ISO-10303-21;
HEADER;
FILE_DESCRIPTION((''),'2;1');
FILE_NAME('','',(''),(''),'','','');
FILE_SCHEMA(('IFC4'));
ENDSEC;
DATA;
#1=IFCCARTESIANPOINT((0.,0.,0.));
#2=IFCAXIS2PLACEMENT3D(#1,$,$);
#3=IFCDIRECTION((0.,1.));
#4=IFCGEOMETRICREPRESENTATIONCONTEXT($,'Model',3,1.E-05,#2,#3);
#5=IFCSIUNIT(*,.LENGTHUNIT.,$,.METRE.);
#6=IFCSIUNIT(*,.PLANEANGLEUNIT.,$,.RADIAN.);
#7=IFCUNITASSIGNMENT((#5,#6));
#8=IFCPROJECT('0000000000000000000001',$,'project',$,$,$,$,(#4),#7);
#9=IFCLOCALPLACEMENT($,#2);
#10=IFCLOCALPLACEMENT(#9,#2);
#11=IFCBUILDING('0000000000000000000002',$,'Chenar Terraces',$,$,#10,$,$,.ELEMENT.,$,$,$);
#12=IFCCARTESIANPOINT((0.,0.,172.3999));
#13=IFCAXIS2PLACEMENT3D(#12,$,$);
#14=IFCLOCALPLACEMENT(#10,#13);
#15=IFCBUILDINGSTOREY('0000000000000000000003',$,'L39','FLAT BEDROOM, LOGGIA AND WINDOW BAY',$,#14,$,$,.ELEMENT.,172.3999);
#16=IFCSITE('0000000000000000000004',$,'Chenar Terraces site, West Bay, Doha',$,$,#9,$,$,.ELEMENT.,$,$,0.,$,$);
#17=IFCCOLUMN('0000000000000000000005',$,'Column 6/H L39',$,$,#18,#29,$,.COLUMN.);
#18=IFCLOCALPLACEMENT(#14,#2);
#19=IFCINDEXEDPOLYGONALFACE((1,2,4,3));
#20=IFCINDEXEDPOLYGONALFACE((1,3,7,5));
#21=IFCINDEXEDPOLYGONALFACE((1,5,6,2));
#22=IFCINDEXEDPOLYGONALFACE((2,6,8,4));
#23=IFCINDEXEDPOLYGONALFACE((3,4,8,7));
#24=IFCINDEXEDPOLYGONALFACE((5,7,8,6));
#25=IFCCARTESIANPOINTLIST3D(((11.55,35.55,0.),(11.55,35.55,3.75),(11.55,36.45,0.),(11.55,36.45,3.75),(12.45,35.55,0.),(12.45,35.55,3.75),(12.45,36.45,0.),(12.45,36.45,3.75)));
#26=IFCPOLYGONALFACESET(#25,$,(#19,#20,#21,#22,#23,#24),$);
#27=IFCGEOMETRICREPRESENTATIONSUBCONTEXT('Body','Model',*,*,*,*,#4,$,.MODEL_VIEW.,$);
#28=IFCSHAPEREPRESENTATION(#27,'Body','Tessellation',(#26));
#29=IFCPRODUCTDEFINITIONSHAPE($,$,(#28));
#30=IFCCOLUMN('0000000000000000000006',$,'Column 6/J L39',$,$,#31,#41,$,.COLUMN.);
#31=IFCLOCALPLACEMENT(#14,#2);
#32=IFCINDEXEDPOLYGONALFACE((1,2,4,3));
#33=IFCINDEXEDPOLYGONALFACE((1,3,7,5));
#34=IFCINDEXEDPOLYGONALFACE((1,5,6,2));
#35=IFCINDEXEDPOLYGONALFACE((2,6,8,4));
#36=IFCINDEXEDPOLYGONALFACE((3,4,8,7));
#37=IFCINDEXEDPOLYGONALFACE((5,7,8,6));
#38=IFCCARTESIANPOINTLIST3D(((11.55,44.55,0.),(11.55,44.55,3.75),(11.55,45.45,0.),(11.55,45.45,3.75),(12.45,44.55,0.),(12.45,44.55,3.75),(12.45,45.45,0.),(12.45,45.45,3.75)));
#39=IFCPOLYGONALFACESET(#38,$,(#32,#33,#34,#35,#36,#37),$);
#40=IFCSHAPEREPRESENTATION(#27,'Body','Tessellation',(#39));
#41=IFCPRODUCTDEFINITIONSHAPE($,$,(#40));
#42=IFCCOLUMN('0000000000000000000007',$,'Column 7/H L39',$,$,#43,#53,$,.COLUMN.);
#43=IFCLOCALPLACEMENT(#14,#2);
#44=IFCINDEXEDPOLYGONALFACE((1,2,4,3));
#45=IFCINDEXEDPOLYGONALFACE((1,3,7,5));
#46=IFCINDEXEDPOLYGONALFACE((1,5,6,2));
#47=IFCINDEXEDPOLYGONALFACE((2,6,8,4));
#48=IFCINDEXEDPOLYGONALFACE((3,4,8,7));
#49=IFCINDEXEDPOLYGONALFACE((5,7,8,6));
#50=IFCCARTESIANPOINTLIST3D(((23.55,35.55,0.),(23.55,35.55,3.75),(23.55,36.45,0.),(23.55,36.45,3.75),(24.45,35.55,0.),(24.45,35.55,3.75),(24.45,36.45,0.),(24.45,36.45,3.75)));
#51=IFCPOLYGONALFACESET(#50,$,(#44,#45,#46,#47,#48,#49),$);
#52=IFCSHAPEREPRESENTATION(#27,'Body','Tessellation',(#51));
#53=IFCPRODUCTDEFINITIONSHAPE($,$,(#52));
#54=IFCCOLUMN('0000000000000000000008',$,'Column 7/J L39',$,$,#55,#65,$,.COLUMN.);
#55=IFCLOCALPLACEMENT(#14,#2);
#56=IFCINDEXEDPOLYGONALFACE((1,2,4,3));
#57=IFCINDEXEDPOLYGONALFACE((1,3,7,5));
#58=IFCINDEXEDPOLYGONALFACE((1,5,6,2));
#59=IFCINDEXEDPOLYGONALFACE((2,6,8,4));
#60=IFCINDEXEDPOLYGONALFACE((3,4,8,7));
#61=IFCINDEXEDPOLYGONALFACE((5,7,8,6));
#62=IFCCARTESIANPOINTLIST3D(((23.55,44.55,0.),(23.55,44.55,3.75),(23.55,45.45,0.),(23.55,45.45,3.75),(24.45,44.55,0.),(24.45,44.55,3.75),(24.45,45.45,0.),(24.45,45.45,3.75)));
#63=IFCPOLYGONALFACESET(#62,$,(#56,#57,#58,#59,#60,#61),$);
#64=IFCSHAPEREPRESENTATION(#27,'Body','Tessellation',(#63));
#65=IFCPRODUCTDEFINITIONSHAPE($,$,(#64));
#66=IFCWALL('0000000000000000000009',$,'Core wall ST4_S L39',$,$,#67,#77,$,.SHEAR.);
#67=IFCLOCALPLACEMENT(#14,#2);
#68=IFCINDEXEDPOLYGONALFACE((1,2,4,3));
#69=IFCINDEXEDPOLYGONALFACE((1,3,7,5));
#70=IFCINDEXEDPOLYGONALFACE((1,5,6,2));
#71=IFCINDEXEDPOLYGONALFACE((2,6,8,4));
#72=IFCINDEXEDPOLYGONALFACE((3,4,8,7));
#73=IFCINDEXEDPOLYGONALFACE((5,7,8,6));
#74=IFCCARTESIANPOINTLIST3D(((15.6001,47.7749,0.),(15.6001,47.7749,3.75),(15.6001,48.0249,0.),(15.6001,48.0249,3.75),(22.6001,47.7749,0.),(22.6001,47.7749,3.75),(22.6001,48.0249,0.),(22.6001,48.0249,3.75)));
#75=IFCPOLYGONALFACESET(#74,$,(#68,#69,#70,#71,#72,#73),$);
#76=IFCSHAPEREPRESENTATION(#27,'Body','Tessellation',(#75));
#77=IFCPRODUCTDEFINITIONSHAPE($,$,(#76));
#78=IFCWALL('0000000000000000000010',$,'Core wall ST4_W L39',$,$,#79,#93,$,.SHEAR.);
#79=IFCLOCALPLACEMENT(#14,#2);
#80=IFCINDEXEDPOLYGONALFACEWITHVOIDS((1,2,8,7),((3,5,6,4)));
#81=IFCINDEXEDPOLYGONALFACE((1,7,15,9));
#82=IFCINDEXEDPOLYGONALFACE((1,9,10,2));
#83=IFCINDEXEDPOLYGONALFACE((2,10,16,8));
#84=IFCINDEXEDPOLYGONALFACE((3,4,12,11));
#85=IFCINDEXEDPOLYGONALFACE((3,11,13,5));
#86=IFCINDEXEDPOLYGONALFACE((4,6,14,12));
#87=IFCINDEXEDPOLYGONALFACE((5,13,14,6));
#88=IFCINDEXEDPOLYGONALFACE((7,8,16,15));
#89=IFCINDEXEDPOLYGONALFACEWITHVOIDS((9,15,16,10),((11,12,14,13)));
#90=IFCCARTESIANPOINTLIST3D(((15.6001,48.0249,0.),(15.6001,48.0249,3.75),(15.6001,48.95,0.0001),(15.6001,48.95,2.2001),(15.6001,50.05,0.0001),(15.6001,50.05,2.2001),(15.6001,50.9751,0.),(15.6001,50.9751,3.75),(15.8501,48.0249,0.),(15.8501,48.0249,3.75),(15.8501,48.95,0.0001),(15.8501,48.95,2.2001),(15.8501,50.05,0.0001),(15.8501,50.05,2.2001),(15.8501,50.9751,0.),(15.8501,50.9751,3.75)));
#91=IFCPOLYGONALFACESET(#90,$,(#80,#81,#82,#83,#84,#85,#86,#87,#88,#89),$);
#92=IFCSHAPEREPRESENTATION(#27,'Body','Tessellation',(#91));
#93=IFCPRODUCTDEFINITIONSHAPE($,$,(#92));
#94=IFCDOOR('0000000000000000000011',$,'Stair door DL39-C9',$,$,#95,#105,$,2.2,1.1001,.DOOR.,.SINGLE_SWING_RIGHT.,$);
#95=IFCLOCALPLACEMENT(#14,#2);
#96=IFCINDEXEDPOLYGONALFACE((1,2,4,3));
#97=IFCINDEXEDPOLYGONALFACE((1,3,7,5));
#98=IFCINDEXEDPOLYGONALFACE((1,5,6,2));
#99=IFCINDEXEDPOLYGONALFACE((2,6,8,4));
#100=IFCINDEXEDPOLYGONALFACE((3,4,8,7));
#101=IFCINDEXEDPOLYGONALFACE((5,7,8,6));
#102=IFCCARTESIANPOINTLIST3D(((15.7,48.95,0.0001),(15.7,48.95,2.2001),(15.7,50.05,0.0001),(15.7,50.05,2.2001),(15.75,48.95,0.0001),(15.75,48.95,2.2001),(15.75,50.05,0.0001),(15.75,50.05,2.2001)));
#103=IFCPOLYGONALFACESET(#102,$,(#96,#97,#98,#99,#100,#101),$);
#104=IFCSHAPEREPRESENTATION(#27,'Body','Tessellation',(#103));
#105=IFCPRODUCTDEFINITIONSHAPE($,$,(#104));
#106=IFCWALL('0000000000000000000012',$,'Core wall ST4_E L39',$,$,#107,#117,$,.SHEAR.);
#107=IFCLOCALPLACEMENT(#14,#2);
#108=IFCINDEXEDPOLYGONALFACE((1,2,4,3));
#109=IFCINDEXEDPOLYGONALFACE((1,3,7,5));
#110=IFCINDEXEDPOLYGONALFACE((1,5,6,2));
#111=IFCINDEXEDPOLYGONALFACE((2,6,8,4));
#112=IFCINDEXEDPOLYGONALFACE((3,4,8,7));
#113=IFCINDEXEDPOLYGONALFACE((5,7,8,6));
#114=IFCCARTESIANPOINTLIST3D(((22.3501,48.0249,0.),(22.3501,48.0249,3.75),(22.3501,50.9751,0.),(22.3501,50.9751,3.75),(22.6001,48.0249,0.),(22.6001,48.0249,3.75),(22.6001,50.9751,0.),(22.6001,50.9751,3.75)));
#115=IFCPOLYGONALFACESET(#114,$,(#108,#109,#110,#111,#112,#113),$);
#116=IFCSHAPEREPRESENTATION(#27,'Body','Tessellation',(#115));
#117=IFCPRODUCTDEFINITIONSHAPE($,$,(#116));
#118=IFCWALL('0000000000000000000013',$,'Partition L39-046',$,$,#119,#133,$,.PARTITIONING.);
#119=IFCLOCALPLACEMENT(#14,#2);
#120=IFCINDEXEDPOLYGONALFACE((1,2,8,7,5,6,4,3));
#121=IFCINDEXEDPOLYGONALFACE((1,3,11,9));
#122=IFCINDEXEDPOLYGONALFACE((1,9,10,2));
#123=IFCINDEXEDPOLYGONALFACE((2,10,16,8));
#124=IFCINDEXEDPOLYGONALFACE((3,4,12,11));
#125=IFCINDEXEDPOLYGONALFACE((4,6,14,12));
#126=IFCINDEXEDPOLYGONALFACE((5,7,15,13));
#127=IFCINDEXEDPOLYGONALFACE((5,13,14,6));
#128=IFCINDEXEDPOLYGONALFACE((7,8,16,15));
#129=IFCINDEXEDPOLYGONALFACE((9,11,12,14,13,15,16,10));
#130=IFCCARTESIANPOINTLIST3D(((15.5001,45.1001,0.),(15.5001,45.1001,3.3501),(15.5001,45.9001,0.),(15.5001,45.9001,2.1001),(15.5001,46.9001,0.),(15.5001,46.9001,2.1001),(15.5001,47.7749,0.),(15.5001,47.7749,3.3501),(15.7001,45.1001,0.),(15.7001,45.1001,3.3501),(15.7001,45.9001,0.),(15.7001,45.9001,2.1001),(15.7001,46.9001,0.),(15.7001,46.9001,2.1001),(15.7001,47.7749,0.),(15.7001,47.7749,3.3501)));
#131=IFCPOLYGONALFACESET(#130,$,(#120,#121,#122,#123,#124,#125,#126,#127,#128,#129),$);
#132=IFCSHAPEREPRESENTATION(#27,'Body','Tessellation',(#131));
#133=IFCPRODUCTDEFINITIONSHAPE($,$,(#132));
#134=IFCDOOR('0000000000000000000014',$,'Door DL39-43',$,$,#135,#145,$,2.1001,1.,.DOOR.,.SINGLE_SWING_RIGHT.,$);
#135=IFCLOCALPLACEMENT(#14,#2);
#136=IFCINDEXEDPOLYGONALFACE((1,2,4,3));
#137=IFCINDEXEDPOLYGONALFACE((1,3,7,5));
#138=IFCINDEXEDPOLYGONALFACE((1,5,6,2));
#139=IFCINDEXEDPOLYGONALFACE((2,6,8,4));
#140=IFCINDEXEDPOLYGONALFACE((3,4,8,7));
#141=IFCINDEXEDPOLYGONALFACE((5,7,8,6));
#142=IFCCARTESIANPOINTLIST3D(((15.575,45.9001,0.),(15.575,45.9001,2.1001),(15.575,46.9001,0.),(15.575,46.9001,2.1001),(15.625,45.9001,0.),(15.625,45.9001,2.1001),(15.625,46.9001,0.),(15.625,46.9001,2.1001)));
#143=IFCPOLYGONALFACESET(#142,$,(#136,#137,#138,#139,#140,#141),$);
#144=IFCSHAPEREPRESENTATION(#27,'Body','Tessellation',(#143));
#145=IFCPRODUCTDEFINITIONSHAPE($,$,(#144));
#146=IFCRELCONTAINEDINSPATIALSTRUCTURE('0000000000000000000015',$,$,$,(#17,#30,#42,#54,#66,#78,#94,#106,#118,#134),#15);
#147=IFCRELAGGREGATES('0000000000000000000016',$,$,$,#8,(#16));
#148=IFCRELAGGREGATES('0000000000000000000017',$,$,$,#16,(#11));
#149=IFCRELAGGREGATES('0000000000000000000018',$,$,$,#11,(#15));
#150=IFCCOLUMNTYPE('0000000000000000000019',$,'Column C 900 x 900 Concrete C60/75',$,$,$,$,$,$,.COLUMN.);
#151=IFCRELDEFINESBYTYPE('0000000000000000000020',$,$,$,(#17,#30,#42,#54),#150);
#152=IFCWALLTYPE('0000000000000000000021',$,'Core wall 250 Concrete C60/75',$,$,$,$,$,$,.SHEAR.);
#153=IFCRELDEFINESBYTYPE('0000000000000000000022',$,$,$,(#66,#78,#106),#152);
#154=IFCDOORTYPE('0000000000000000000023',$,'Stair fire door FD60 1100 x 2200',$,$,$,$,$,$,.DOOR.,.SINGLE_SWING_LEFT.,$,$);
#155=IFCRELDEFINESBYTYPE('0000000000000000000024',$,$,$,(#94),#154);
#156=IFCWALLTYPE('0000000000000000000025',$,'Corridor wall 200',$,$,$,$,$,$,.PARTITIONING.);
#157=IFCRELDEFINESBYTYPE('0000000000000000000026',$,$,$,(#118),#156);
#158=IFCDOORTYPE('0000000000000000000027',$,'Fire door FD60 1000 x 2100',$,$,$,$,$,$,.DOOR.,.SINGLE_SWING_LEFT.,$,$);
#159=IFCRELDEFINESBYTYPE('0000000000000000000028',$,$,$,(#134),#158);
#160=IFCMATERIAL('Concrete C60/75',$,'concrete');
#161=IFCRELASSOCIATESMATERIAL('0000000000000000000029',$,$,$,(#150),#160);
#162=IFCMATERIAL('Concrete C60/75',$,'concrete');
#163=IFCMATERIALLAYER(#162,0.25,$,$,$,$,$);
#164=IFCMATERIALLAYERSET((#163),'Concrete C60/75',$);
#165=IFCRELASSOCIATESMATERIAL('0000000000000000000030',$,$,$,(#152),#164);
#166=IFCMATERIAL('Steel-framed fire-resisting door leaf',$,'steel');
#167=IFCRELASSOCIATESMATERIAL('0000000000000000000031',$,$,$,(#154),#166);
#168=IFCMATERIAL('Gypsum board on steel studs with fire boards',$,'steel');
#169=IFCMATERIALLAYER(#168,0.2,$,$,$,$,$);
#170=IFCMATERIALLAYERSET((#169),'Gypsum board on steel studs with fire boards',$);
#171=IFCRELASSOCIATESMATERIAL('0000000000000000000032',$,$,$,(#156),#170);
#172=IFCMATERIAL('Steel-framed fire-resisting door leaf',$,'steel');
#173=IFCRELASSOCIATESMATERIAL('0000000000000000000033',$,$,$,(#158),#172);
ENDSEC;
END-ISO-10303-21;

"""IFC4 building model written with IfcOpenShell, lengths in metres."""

from ifc_helpers import new_model, si_unit, direction, frame, frame_2d, origin, origin_2d, place, context, subcontext, project, spatial, rectangle, extrude, material, layer, layer_set, material_profile, profile_set, type_object, element, fill, save


model = new_model("IFC4")

# Units and contexts
model_context = context("Model", 3, precision=1e-05, world=origin(), true_north=direction((0.0, 1.0)))
body_context = subcontext(model_context, "Body", "Model", "MODEL_VIEW")
ifc_project = project(units=[si_unit("LENGTHUNIT", "METRE"), si_unit("PLANEANGLEUNIT", "RADIAN")], contexts=[model_context])

# Site, building, storey
site_placement = place(None, origin())
site = spatial("IfcSite", under=ifc_project, at=site_placement, Name="Chenar Terraces site, West Bay, Doha", CompositionType="ELEMENT", RefElevation=0.0)
building_placement = place(site_placement, origin())
building = spatial("IfcBuilding", under=site, at=building_placement, Name="Chenar Terraces", CompositionType="ELEMENT")
storey_placement = place(building_placement, frame((0.0, 0.0, 172.3999)))
storey = spatial("IfcBuildingStorey", under=building, at=storey_placement, Name="L39", Description="FLAT BEDROOM, LOGGIA AND WINDOW BAY", CompositionType="ELEMENT", Elevation=172.3999)

# Columns
ifc_material_1 = material(Name="Concrete C60/75", Category="concrete")
ifc_material_profile = material_profile(ifc_material_1, rectangle(XDim=0.8999, YDim=0.8999, at=origin_2d()), Name="C 900 x 900")
ifc_profile_set = profile_set([ifc_material_profile], Name="Concrete C60/75")
column_type = type_object("IfcColumnType", Name="Column C 900 x 900 Concrete C60/75", PredefinedType="COLUMN", material=ifc_profile_set)
for number, where, z_axis, x_axis, name in (
    (1, (12.0, 36.0, 0.0), (0.0, 0.0, 1.0), (1.0, 0.0, 0.0), "Column 6/H L39"),
    (2, (12.0, 45.0, 0.0), (0.0, 0.0, 1.0), (1.0, 0.0, 0.0), "Column 6/J L39"),
    (3, (24.0, 36.0, 0.0), (0.0, 0.0, 1.0), (1.0, 0.0, 0.0), "Column 7/H L39"),
    (4, (24.0, 45.0, 0.0), (0.0, 0.0, 1.0), (1.0, 0.0, 0.0), "Column 7/J L39"),
):
    element("IfcColumn", number, at=place(storey_placement, frame(where, z_axis=z_axis, x_axis=x_axis)), inside=storey, type_object=column_type, Name=name, PredefinedType="COLUMN", context=body_context, shape_type="SweptSolid", body=[
        extrude(rectangle(XDim=0.8999, YDim=0.8999, at=origin_2d()), origin(), (0.0, 0.0, 1.0), 3.75),
    ])

# Wall
ifc_material_2 = material(Name="Concrete C60/75", Category="concrete")
ifc_layer_1 = layer(ifc_material_2, 0.25)
ifc_layer_set_1 = layer_set([ifc_layer_1], Name="Concrete C60/75")
wall_type_1 = type_object("IfcWallType", Name="Core wall 250 Concrete C60/75", PredefinedType="SHEAR", material=ifc_layer_set_1)
wall_1_placement = place(storey_placement, frame((15.6001, 47.8999, 0.0), z_axis=(0.0, 0.0, 1.0), x_axis=(1.0, 0.0, 0.0)))
element("IfcWall", 5, at=wall_1_placement, inside=storey, type_object=wall_type_1, Name="Core wall ST4_S L39", PredefinedType="SHEAR", context=body_context, shape_type="SweptSolid", body=[
    extrude(rectangle(XDim=7.0, YDim=0.25, at=frame_2d((3.5, 0.0))), origin(), (0.0, 0.0, 1.0), 3.75),
])

# Wall, opening, door
wall_2_placement = place(storey_placement, frame((15.7251, 48.0249, 0.0), z_axis=(0.0, 0.0, 1.0), x_axis=(0.0, 1.0, 0.0)))
wall_2 = element("IfcWall", 6, at=wall_2_placement, inside=storey, type_object=wall_type_1, Name="Core wall ST4_W L39", PredefinedType="SHEAR", context=body_context, shape_type="SweptSolid", body=[
    extrude(rectangle(XDim=2.9502, YDim=0.25, at=frame_2d((1.4751, 0.0))), origin(), (0.0, 0.0, 1.0), 3.75),
])
opening_1_placement = place(wall_2_placement, frame((0.925, 0.0, 0.0)))
opening_1 = element("IfcOpeningElement", 7, at=opening_1_placement, cuts=wall_2, PredefinedType="OPENING", context=body_context, shape_type="SweptSolid", body=[
    extrude(rectangle(XDim=1.1001, YDim=2.2, at=frame_2d((0.55, 1.1001))), frame((0.0, 0.135, 0.0), z_axis=(0.0, -1.0, 0.0), x_axis=(1.0, 0.0, 0.0)), (0.0, 0.0, 1.0), 0.27),
])
ifc_material_3 = material(Name="Steel-framed fire-resisting door leaf", Category="steel")
door_type_1 = type_object("IfcDoorType", Name="Stair fire door FD60 1100 x 2200", OperationType="SINGLE_SWING_LEFT", PredefinedType="DOOR", material=ifc_material_3)
door_1_placement = place(opening_1_placement, frame((1.1001, 0.0, 0.0), z_axis=(0.0, 0.0, 1.0), x_axis=(-1.0, 0.0, 0.0)))
door_1 = element("IfcDoor", 8, at=door_1_placement, inside=storey, type_object=door_type_1, Name="Stair door DL39-C9", OperationType="SINGLE_SWING_RIGHT", OverallHeight=2.2, OverallWidth=1.1001, PredefinedType="DOOR", context=body_context, shape_type="SweptSolid", body=[
    extrude(rectangle(XDim=1.1001, YDim=2.2, at=frame_2d((0.55, 1.1001))), frame((0.0, 0.0249, 0.0), z_axis=(0.0, -1.0, 0.0), x_axis=(1.0, 0.0, 0.0)), (0.0, 0.0, 1.0), 0.05),
])
fill(opening_1, door_1)

# Wall
wall_3_placement = place(storey_placement, frame((22.4751, 48.0249, 0.0), z_axis=(0.0, 0.0, 1.0), x_axis=(0.0, 1.0, 0.0)))
element("IfcWall", 9, at=wall_3_placement, inside=storey, type_object=wall_type_1, Name="Core wall ST4_E L39", PredefinedType="SHEAR", context=body_context, shape_type="SweptSolid", body=[
    extrude(rectangle(XDim=2.9502, YDim=0.25, at=frame_2d((1.4751, 0.0))), origin(), (0.0, 0.0, 1.0), 3.75),
])

# Wall, opening, door
ifc_material_4 = material(Name="Gypsum board on steel studs with fire boards", Category="steel")
ifc_layer_2 = layer(ifc_material_4, 0.2)
ifc_layer_set_2 = layer_set([ifc_layer_2], Name="Gypsum board on steel studs with fire boards")
wall_type_2 = type_object("IfcWallType", Name="Corridor wall 200", PredefinedType="PARTITIONING", material=ifc_layer_set_2)
wall_4_placement = place(storey_placement, frame((15.6001, 45.1001, 0.0), z_axis=(0.0, 0.0, 1.0), x_axis=(0.0, 1.0, 0.0)))
wall_4 = element("IfcWall", 10, at=wall_4_placement, inside=storey, type_object=wall_type_2, Name="Partition L39-046", PredefinedType="PARTITIONING", context=body_context, shape_type="SweptSolid", body=[
    extrude(rectangle(XDim=2.6748, YDim=0.2, at=frame_2d((1.3374, 0.0))), origin(), (0.0, 0.0, 1.0), 3.3501),
])
opening_2_placement = place(wall_4_placement, frame((0.8, 0.0, 0.0)))
opening_2 = element("IfcOpeningElement", 11, at=opening_2_placement, cuts=wall_4, PredefinedType="OPENING", context=body_context, shape_type="SweptSolid", body=[
    extrude(rectangle(XDim=1.0, YDim=2.1001, at=frame_2d((0.5, 1.05))), frame((0.0, 0.1099, 0.0), z_axis=(0.0, -1.0, 0.0), x_axis=(1.0, 0.0, 0.0)), (0.0, 0.0, 1.0), 0.22),
])
ifc_material_5 = material(Name="Steel-framed fire-resisting door leaf", Category="steel")
door_type_2 = type_object("IfcDoorType", Name="Fire door FD60 1000 x 2100", OperationType="SINGLE_SWING_LEFT", PredefinedType="DOOR", material=ifc_material_5)
door_2_placement = place(opening_2_placement, frame((1.0, 0.0, 0.0), z_axis=(0.0, 0.0, 1.0), x_axis=(-1.0, 0.0, 0.0)))
door_2 = element("IfcDoor", 12, at=door_2_placement, inside=storey, type_object=door_type_2, Name="Door DL39-43", OperationType="SINGLE_SWING_RIGHT", OverallHeight=2.1001, OverallWidth=1.0, PredefinedType="DOOR", context=body_context, shape_type="SweptSolid", body=[
    extrude(rectangle(XDim=1.0, YDim=2.1001, at=frame_2d((0.5, 1.05))), frame((0.0, 0.0249, 0.0), z_axis=(0.0, -1.0, 0.0), x_axis=(1.0, 0.0, 0.0)), (0.0, 0.0, 1.0), 0.05),
])
fill(opening_2, door_2)

save(model, "model.ifc")
